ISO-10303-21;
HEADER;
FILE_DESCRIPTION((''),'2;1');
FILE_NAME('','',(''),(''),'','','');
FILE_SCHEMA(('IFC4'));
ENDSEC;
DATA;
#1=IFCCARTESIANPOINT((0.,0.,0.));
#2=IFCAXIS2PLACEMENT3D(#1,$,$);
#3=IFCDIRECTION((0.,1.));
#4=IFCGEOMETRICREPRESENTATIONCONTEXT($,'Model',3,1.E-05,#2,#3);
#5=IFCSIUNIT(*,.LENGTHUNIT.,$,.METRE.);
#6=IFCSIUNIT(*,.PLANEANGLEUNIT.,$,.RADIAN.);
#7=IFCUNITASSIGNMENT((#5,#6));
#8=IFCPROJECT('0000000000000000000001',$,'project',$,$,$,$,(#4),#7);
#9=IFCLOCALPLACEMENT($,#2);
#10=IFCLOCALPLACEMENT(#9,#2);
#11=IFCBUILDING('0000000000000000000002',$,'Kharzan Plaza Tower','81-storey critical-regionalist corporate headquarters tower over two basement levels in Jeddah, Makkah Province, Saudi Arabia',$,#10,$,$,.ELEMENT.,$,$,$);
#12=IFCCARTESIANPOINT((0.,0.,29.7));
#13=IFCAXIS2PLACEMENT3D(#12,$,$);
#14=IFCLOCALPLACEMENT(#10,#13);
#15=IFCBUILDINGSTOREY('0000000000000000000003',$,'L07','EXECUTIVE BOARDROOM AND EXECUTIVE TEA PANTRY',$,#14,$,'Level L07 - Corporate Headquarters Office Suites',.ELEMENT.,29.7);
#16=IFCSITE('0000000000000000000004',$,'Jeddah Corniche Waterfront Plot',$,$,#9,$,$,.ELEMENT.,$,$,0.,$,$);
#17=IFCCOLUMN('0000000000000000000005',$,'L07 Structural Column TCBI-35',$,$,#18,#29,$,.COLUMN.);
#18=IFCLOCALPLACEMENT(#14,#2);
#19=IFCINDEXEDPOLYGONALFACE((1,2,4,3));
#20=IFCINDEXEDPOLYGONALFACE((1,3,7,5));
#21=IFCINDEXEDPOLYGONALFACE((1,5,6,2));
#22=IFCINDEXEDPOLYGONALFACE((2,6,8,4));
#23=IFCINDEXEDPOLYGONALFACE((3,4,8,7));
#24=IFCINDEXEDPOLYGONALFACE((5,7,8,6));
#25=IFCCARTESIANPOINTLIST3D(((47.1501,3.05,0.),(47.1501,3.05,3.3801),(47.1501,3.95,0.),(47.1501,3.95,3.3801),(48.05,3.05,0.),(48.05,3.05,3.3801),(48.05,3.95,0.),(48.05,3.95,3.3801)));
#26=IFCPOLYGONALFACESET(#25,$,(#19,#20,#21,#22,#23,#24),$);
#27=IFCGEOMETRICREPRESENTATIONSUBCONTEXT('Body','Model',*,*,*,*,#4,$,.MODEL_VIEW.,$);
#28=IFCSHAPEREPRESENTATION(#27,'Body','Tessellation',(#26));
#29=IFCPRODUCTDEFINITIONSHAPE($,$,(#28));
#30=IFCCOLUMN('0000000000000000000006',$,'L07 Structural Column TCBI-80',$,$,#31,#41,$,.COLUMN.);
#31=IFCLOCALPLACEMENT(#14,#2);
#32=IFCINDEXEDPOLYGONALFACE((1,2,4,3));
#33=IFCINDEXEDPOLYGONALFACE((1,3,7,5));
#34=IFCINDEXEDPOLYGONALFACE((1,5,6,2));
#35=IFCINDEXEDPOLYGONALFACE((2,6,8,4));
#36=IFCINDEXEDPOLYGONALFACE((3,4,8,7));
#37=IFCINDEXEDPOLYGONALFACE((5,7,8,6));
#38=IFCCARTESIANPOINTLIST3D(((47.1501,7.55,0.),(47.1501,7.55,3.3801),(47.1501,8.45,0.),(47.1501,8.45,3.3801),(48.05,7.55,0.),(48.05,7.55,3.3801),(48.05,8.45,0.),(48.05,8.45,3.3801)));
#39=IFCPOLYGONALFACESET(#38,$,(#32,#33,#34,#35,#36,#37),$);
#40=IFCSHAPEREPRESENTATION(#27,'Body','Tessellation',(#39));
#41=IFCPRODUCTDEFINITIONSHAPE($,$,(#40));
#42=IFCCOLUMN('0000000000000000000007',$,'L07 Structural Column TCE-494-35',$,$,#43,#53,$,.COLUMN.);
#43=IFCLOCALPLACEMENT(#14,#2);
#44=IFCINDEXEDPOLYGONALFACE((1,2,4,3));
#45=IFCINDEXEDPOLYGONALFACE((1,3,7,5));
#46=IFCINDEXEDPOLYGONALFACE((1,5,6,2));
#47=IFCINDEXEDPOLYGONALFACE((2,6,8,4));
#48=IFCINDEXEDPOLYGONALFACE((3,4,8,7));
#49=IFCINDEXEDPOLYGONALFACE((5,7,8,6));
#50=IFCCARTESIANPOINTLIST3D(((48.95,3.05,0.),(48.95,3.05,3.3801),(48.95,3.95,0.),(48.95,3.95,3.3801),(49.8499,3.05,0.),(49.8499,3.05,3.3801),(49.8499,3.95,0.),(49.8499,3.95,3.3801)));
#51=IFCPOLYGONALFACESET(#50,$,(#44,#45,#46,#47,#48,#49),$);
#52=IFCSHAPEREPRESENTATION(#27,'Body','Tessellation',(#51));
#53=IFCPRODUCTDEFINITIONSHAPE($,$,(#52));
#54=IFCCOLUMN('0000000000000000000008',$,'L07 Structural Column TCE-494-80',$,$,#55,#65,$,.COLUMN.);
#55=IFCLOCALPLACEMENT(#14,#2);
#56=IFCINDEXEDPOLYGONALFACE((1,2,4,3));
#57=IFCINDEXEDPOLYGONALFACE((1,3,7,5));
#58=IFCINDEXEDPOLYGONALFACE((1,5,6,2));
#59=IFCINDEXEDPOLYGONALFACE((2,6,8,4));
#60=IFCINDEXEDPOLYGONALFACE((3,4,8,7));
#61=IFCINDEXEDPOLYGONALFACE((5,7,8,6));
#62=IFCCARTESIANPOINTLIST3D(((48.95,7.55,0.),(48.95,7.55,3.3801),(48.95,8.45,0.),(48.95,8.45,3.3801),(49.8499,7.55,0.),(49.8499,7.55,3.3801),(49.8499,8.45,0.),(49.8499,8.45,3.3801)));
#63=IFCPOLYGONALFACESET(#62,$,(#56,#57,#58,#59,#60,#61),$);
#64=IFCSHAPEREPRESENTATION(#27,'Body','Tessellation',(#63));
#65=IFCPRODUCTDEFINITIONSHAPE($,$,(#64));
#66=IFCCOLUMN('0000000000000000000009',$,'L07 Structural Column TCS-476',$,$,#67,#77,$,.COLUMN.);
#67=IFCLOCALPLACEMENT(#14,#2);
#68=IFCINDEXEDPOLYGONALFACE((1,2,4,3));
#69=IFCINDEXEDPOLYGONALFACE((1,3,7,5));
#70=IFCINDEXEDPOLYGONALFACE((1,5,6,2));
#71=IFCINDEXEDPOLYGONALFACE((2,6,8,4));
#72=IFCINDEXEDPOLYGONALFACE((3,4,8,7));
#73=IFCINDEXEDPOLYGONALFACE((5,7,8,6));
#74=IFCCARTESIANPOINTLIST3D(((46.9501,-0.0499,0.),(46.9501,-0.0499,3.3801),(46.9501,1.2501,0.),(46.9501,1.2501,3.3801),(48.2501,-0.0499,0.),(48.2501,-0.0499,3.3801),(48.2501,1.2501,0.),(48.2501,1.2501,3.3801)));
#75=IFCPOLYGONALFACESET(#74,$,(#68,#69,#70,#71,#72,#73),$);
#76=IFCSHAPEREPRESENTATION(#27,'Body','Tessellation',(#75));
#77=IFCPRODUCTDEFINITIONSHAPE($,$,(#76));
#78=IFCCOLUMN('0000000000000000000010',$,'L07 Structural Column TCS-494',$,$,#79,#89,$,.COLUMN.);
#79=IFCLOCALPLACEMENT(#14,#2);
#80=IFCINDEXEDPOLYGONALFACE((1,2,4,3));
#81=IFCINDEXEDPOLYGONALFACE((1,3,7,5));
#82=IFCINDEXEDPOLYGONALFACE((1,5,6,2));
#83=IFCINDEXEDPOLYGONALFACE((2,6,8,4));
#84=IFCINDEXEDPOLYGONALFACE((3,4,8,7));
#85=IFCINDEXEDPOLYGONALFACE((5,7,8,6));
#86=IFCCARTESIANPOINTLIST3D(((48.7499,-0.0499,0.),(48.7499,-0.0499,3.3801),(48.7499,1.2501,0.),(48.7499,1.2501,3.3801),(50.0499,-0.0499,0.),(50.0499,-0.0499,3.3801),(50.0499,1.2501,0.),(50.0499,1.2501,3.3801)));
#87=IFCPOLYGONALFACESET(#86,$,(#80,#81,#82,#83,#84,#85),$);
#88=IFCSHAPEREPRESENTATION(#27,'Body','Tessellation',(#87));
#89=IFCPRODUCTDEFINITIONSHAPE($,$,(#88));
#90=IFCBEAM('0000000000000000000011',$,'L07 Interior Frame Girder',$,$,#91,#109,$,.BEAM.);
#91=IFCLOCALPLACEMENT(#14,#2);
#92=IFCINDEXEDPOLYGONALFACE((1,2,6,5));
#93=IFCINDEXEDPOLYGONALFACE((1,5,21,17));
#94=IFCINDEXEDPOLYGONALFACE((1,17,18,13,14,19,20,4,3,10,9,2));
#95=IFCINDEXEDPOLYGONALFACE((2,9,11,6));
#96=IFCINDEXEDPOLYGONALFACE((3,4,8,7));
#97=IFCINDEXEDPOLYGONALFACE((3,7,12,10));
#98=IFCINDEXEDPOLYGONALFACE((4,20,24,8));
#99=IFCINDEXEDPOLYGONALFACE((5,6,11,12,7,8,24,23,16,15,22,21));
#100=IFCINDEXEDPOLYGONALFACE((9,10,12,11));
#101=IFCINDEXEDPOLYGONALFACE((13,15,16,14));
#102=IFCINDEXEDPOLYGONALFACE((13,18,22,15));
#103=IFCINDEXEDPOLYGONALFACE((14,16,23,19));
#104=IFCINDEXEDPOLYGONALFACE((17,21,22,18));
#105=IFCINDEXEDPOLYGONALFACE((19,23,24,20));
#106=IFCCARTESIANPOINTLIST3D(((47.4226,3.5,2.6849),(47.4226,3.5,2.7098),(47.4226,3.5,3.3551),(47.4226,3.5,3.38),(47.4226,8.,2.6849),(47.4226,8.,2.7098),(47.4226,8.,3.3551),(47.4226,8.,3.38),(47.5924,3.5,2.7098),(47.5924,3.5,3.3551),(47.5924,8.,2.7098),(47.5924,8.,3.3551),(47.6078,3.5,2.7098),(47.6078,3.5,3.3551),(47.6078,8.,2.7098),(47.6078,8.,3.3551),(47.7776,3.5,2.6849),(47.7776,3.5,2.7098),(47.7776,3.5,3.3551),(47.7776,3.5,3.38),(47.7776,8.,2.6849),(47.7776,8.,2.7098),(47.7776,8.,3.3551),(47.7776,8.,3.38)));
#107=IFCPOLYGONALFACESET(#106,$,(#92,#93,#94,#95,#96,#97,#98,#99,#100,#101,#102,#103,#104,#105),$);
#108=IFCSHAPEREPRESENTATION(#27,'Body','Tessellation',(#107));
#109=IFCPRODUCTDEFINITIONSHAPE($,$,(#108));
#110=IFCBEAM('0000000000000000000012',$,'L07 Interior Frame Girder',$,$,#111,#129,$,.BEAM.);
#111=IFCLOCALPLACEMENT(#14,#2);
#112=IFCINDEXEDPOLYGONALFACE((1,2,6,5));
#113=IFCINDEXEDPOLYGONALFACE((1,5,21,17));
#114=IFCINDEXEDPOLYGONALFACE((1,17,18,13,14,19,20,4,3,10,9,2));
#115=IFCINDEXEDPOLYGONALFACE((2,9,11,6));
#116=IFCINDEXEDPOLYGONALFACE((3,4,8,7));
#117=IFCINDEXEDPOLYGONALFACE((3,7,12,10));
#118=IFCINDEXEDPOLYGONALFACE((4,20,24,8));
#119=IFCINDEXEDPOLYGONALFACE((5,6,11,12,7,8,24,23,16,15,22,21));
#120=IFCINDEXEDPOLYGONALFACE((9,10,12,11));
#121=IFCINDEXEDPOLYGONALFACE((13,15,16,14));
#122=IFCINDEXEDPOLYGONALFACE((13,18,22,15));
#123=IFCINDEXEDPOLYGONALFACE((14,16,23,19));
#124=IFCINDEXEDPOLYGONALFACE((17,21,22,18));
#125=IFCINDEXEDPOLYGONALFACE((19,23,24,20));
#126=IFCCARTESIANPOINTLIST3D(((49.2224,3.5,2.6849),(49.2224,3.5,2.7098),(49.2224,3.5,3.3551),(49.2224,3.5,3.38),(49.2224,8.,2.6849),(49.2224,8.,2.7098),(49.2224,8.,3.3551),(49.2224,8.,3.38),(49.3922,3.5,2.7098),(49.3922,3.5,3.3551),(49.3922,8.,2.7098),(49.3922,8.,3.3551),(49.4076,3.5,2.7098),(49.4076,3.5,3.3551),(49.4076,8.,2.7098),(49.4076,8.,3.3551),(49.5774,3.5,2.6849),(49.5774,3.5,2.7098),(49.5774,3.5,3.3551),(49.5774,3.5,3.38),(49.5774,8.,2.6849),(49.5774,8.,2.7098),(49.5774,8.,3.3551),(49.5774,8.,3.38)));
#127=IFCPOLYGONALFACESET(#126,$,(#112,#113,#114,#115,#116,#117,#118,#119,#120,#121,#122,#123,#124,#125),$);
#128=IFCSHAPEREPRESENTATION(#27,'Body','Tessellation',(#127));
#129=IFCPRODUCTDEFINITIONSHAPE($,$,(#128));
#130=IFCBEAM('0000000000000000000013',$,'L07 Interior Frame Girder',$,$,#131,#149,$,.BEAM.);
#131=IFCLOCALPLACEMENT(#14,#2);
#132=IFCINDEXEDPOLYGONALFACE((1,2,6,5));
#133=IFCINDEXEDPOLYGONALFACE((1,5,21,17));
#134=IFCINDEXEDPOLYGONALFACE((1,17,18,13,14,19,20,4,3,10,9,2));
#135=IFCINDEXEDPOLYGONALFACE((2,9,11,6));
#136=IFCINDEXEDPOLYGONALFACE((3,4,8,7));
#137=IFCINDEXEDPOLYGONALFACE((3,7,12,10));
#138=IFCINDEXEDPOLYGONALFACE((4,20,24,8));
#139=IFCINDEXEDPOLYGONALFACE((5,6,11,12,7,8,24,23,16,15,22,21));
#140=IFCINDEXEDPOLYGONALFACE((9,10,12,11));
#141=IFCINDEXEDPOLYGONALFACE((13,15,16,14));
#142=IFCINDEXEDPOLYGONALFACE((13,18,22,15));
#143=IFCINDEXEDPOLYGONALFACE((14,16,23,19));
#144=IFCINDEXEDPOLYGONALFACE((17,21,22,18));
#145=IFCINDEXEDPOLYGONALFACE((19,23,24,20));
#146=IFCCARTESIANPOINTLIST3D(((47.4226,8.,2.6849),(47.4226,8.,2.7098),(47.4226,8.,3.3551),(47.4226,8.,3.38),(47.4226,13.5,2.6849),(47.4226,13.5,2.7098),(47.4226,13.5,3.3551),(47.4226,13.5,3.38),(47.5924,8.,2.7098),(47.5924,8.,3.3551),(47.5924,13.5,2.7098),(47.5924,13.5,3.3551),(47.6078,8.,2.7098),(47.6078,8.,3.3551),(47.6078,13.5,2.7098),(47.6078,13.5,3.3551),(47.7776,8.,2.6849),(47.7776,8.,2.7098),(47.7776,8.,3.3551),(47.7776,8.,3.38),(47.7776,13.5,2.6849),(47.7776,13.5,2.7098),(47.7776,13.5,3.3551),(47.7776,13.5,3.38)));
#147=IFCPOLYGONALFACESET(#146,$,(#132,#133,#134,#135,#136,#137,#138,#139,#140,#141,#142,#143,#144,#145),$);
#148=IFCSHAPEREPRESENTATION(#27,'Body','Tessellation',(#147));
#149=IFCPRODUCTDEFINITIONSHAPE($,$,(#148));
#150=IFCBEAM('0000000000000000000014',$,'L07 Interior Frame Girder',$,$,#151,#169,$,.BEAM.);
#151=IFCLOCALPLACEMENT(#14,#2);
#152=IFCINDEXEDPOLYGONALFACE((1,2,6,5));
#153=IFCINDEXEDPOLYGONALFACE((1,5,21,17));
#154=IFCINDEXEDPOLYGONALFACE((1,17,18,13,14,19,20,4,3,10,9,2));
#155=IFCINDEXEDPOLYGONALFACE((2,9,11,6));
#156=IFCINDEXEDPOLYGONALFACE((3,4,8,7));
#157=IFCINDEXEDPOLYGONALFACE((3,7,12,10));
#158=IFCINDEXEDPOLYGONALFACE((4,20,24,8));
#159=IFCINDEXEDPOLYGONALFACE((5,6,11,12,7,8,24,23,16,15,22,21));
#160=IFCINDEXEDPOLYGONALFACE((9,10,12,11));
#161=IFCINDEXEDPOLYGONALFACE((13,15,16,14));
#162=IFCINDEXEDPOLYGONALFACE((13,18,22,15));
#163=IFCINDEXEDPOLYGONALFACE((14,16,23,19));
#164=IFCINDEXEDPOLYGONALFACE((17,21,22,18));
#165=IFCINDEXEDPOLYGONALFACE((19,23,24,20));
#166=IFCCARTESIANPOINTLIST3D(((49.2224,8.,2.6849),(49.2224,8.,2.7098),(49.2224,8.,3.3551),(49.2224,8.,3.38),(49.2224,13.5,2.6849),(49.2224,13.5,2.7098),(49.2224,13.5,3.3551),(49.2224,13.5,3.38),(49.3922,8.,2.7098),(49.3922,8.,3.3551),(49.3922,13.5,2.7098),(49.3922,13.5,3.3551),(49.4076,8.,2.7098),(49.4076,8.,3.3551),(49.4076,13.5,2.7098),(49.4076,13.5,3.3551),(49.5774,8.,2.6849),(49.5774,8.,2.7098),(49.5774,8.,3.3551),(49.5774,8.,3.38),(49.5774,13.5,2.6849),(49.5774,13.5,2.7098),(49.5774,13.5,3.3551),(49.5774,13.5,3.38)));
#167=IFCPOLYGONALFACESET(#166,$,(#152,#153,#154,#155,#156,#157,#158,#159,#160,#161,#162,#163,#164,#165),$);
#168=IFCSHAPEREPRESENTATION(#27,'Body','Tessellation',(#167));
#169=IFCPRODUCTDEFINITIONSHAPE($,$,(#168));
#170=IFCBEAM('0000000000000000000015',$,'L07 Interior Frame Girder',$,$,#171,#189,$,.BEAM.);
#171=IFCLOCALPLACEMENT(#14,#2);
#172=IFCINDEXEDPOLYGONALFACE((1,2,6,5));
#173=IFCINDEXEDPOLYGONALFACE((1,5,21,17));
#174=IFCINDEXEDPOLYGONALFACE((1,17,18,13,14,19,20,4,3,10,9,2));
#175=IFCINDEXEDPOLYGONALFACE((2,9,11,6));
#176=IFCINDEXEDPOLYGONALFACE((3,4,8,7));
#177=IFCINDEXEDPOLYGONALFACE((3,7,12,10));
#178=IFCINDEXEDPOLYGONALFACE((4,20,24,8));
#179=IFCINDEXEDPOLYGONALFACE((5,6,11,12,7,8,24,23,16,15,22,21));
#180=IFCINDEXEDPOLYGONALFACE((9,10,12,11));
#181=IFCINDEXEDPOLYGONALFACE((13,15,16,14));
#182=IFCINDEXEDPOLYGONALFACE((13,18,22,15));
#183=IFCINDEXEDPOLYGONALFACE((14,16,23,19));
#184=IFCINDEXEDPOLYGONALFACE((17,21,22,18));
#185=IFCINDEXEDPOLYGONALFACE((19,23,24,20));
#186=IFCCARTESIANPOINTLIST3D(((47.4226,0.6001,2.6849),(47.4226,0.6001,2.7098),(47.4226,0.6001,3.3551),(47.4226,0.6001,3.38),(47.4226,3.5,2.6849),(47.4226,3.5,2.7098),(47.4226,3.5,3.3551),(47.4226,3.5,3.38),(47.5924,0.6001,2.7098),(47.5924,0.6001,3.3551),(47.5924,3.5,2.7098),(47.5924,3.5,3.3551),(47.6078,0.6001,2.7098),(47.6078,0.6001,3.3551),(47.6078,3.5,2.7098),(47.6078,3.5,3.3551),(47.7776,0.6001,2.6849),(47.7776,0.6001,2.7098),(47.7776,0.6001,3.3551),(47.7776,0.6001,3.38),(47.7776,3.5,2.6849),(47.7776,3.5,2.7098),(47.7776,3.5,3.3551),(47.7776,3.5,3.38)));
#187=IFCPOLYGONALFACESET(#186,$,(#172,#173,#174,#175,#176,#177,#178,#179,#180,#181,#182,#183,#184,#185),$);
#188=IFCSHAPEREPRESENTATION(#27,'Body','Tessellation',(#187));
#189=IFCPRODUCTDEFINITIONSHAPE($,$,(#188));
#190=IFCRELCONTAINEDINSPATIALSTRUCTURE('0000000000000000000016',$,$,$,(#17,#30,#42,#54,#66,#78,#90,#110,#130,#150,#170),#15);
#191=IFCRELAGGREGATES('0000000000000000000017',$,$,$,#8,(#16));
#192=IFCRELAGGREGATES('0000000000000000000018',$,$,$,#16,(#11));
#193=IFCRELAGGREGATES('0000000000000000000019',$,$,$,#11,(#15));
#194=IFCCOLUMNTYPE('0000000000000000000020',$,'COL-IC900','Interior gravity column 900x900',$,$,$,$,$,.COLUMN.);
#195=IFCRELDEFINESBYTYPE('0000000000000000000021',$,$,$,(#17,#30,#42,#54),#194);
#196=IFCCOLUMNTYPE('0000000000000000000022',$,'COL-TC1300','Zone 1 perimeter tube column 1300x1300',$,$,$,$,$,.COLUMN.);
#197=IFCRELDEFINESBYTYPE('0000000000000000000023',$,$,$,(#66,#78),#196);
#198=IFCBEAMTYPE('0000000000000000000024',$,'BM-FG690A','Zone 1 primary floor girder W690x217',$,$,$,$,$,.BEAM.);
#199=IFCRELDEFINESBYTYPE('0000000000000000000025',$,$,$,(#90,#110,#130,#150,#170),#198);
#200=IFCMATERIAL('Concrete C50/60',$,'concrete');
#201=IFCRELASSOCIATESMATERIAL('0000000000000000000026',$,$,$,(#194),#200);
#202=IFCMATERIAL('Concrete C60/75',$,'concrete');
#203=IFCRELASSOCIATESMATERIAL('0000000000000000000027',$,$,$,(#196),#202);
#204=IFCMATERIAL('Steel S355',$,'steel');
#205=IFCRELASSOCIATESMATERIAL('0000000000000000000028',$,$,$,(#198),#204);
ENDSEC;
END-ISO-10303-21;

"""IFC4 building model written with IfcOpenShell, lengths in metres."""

from ifc_helpers import new_model, si_unit, direction, frame, origin, origin_2d, place, context, subcontext, project, spatial, rectangle, i_section, extrude, source, transform, mapped, material, material_profile, profile_set, type_object, element, save


model = new_model("IFC4")

# Units and contexts
model_context = context("Model", 3, precision=1e-05, world=origin(), true_north=direction((0.0, 1.0)))
body_context = subcontext(model_context, "Body", "Model", "MODEL_VIEW")
ifc_project = project(units=[si_unit("LENGTHUNIT", "METRE"), si_unit("PLANEANGLEUNIT", "RADIAN")], contexts=[model_context])

# Site, building, storey
site_placement = place(None, origin())
site = spatial("IfcSite", under=ifc_project, at=site_placement, Name="Jeddah Corniche Waterfront Plot", CompositionType="ELEMENT", RefElevation=0.0)
building_placement = place(site_placement, origin())
building = spatial("IfcBuilding", under=site, at=building_placement, Name="Kharzan Plaza Tower", Description="81-storey critical-regionalist corporate headquarters tower over two basement levels in Jeddah, Makkah Province, Saudi Arabia", CompositionType="ELEMENT")
storey_placement = place(building_placement, frame((0.0, 0.0, 29.7)))
storey = spatial("IfcBuildingStorey", under=building, at=storey_placement, Name="L07", Description="EXECUTIVE BOARDROOM AND EXECUTIVE TEA PANTRY", LongName="Level L07 - Corporate Headquarters Office Suites", CompositionType="ELEMENT", Elevation=29.7)

# Columns
ifc_material_1 = material(Name="Concrete C50/60", Category="concrete")
ifc_material_profile_1 = material_profile(ifc_material_1, rectangle(XDim=0.8999, YDim=0.8999, at=origin_2d()), Name="RC-IC900x900")
ifc_profile_set_1 = profile_set([ifc_material_profile_1], Name="Concrete C50/60")
column_type_1 = type_object("IfcColumnType", Name="COL-IC900", Description="Interior gravity column 900x900", PredefinedType="COLUMN", material=ifc_profile_set_1)
shared_shape_1 = source(origin(), body_context, "Body", "SweptSolid", [
    extrude(rectangle(XDim=0.8999, YDim=0.8999, at=origin_2d()), origin(), (0.0, 0.0, 1.0), 3.3801),
])
for number, where, z_axis, x_axis, name in (
    (1, (47.6001, 3.5, 0.0), (0.0, 0.0, 1.0), (1.0, 0.0, 0.0), "L07 Structural Column TCBI-35"),
    (2, (47.6001, 8.0, 0.0), (0.0, 0.0, 1.0), (1.0, 0.0, 0.0), "L07 Structural Column TCBI-80"),
    (3, (49.3999, 3.5, 0.0), (0.0, 0.0, 1.0), (1.0, 0.0, 0.0), "L07 Structural Column TCE-494-35"),
    (4, (49.3999, 8.0, 0.0), (0.0, 0.0, 1.0), (1.0, 0.0, 0.0), "L07 Structural Column TCE-494-80"),
):
    element("IfcColumn", number, at=place(storey_placement, frame(where, z_axis=z_axis, x_axis=x_axis)), inside=storey, type_object=column_type_1, Name=name, PredefinedType="COLUMN", context=body_context, shape_type="MappedRepresentation", body=[
        mapped(shared_shape_1, transform((0.0, 0.0, 0.0), x_axis=(1.0, 0.0, 0.0), y_axis=(0.0, 1.0, 0.0), z_axis=(0.0, 0.0, 1.0))),
    ])
ifc_material_2 = material(Name="Concrete C60/75", Category="concrete")
ifc_material_profile_2 = material_profile(ifc_material_2, rectangle(XDim=1.3, YDim=1.3, at=origin_2d()), Name="RC-TC1300x1300")
ifc_profile_set_2 = profile_set([ifc_material_profile_2], Name="Concrete C60/75")
column_type_2 = type_object("IfcColumnType", Name="COL-TC1300", Description="Zone 1 perimeter tube column 1300x1300", PredefinedType="COLUMN", material=ifc_profile_set_2)
shared_shape_2 = source(origin(), body_context, "Body", "SweptSolid", [
    extrude(rectangle(XDim=1.3, YDim=1.3, at=origin_2d()), origin(), (0.0, 0.0, 1.0), 3.3801),
])
for number, where, z_axis, x_axis, name in (
    (5, (47.6001, 0.6001, 0.0), (0.0, 0.0, 1.0), (1.0, 0.0, 0.0), "L07 Structural Column TCS-476"),
    (6, (49.3999, 0.6001, 0.0), (0.0, 0.0, 1.0), (1.0, 0.0, 0.0), "L07 Structural Column TCS-494"),
):
    element("IfcColumn", number, at=place(storey_placement, frame(where, z_axis=z_axis, x_axis=x_axis)), inside=storey, type_object=column_type_2, Name=name, PredefinedType="COLUMN", context=body_context, shape_type="MappedRepresentation", body=[
        mapped(shared_shape_2, transform((0.0, 0.0, 0.0), x_axis=(1.0, 0.0, 0.0), y_axis=(0.0, 1.0, 0.0), z_axis=(0.0, 0.0, 1.0))),
    ])

# Beams
ifc_material_3 = material(Name="Steel S355", Category="steel")
ifc_material_profile_3 = material_profile(ifc_material_3, i_section(OverallWidth=0.355, OverallDepth=0.6951, WebThickness=0.0154, FlangeThickness=0.0249, at=origin_2d()), Name="W690x217")
ifc_profile_set_3 = profile_set([ifc_material_profile_3], Name="Steel S355")
beam_type_1 = type_object("IfcBeamType", Name="BM-FG690A", Description="Zone 1 primary floor girder W690x217", PredefinedType="BEAM", material=ifc_profile_set_3)
shared_shape_3 = source(origin(), body_context, "Body", "SweptSolid", [
    extrude(i_section(OverallWidth=0.355, OverallDepth=0.6951, WebThickness=0.0154, FlangeThickness=0.0249, at=origin_2d()), origin(), (0.0, 0.0, 1.0), 4.5),
])
for number, where, z_axis, x_axis, name in (
    (7, (47.6001, 3.5, 3.0325), (0.0, 1.0, 0.0), (-1.0, 0.0, 0.0), "L07 Interior Frame Girder"),
    (8, (49.3999, 3.5, 3.0325), (0.0, 1.0, 0.0), (-1.0, 0.0, 0.0), "L07 Interior Frame Girder"),
):
    element("IfcBeam", number, at=place(storey_placement, frame(where, z_axis=z_axis, x_axis=x_axis)), inside=storey, type_object=beam_type_1, Name=name, PredefinedType="BEAM", context=body_context, shape_type="MappedRepresentation", body=[
        mapped(shared_shape_3, transform((0.0, 0.0, 0.0), x_axis=(1.0, 0.0, 0.0), y_axis=(0.0, 1.0, 0.0), z_axis=(0.0, 0.0, 1.0))),
    ])
shared_shape_4 = source(origin(), body_context, "Body", "SweptSolid", [
    extrude(i_section(OverallWidth=0.355, OverallDepth=0.6951, WebThickness=0.0154, FlangeThickness=0.0249, at=origin_2d()), origin(), (0.0, 0.0, 1.0), 5.5),
])
for number, where, z_axis, x_axis, name in (
    (9, (47.6001, 8.0, 3.0325), (0.0, 1.0, 0.0), (-1.0, 0.0, 0.0), "L07 Interior Frame Girder"),
    (10, (49.3999, 8.0, 3.0325), (0.0, 1.0, 0.0), (-1.0, 0.0, 0.0), "L07 Interior Frame Girder"),
):
    element("IfcBeam", number, at=place(storey_placement, frame(where, z_axis=z_axis, x_axis=x_axis)), inside=storey, type_object=beam_type_1, Name=name, PredefinedType="BEAM", context=body_context, shape_type="MappedRepresentation", body=[
        mapped(shared_shape_4, transform((0.0, 0.0, 0.0), x_axis=(1.0, 0.0, 0.0), y_axis=(0.0, 1.0, 0.0), z_axis=(0.0, 0.0, 1.0))),
    ])
shared_shape_5 = source(origin(), body_context, "Body", "SweptSolid", [
    extrude(i_section(OverallWidth=0.355, OverallDepth=0.6951, WebThickness=0.0154, FlangeThickness=0.0249, at=origin_2d()), origin(), (0.0, 0.0, 1.0), 2.8999),
])
for number, where, z_axis, x_axis, name in (
    (11, (47.6001, 0.6001, 3.0325), (0.0, 1.0, 0.0), (-1.0, 0.0, 0.0), "L07 Interior Frame Girder"),
):
    element("IfcBeam", number, at=place(storey_placement, frame(where, z_axis=z_axis, x_axis=x_axis)), inside=storey, type_object=beam_type_1, Name=name, PredefinedType="BEAM", context=body_context, shape_type="MappedRepresentation", body=[
        mapped(shared_shape_5, transform((0.0, 0.0, 0.0), x_axis=(1.0, 0.0, 0.0), y_axis=(0.0, 1.0, 0.0), z_axis=(0.0, 0.0, 1.0))),
    ])

save(model, "model.ifc")
